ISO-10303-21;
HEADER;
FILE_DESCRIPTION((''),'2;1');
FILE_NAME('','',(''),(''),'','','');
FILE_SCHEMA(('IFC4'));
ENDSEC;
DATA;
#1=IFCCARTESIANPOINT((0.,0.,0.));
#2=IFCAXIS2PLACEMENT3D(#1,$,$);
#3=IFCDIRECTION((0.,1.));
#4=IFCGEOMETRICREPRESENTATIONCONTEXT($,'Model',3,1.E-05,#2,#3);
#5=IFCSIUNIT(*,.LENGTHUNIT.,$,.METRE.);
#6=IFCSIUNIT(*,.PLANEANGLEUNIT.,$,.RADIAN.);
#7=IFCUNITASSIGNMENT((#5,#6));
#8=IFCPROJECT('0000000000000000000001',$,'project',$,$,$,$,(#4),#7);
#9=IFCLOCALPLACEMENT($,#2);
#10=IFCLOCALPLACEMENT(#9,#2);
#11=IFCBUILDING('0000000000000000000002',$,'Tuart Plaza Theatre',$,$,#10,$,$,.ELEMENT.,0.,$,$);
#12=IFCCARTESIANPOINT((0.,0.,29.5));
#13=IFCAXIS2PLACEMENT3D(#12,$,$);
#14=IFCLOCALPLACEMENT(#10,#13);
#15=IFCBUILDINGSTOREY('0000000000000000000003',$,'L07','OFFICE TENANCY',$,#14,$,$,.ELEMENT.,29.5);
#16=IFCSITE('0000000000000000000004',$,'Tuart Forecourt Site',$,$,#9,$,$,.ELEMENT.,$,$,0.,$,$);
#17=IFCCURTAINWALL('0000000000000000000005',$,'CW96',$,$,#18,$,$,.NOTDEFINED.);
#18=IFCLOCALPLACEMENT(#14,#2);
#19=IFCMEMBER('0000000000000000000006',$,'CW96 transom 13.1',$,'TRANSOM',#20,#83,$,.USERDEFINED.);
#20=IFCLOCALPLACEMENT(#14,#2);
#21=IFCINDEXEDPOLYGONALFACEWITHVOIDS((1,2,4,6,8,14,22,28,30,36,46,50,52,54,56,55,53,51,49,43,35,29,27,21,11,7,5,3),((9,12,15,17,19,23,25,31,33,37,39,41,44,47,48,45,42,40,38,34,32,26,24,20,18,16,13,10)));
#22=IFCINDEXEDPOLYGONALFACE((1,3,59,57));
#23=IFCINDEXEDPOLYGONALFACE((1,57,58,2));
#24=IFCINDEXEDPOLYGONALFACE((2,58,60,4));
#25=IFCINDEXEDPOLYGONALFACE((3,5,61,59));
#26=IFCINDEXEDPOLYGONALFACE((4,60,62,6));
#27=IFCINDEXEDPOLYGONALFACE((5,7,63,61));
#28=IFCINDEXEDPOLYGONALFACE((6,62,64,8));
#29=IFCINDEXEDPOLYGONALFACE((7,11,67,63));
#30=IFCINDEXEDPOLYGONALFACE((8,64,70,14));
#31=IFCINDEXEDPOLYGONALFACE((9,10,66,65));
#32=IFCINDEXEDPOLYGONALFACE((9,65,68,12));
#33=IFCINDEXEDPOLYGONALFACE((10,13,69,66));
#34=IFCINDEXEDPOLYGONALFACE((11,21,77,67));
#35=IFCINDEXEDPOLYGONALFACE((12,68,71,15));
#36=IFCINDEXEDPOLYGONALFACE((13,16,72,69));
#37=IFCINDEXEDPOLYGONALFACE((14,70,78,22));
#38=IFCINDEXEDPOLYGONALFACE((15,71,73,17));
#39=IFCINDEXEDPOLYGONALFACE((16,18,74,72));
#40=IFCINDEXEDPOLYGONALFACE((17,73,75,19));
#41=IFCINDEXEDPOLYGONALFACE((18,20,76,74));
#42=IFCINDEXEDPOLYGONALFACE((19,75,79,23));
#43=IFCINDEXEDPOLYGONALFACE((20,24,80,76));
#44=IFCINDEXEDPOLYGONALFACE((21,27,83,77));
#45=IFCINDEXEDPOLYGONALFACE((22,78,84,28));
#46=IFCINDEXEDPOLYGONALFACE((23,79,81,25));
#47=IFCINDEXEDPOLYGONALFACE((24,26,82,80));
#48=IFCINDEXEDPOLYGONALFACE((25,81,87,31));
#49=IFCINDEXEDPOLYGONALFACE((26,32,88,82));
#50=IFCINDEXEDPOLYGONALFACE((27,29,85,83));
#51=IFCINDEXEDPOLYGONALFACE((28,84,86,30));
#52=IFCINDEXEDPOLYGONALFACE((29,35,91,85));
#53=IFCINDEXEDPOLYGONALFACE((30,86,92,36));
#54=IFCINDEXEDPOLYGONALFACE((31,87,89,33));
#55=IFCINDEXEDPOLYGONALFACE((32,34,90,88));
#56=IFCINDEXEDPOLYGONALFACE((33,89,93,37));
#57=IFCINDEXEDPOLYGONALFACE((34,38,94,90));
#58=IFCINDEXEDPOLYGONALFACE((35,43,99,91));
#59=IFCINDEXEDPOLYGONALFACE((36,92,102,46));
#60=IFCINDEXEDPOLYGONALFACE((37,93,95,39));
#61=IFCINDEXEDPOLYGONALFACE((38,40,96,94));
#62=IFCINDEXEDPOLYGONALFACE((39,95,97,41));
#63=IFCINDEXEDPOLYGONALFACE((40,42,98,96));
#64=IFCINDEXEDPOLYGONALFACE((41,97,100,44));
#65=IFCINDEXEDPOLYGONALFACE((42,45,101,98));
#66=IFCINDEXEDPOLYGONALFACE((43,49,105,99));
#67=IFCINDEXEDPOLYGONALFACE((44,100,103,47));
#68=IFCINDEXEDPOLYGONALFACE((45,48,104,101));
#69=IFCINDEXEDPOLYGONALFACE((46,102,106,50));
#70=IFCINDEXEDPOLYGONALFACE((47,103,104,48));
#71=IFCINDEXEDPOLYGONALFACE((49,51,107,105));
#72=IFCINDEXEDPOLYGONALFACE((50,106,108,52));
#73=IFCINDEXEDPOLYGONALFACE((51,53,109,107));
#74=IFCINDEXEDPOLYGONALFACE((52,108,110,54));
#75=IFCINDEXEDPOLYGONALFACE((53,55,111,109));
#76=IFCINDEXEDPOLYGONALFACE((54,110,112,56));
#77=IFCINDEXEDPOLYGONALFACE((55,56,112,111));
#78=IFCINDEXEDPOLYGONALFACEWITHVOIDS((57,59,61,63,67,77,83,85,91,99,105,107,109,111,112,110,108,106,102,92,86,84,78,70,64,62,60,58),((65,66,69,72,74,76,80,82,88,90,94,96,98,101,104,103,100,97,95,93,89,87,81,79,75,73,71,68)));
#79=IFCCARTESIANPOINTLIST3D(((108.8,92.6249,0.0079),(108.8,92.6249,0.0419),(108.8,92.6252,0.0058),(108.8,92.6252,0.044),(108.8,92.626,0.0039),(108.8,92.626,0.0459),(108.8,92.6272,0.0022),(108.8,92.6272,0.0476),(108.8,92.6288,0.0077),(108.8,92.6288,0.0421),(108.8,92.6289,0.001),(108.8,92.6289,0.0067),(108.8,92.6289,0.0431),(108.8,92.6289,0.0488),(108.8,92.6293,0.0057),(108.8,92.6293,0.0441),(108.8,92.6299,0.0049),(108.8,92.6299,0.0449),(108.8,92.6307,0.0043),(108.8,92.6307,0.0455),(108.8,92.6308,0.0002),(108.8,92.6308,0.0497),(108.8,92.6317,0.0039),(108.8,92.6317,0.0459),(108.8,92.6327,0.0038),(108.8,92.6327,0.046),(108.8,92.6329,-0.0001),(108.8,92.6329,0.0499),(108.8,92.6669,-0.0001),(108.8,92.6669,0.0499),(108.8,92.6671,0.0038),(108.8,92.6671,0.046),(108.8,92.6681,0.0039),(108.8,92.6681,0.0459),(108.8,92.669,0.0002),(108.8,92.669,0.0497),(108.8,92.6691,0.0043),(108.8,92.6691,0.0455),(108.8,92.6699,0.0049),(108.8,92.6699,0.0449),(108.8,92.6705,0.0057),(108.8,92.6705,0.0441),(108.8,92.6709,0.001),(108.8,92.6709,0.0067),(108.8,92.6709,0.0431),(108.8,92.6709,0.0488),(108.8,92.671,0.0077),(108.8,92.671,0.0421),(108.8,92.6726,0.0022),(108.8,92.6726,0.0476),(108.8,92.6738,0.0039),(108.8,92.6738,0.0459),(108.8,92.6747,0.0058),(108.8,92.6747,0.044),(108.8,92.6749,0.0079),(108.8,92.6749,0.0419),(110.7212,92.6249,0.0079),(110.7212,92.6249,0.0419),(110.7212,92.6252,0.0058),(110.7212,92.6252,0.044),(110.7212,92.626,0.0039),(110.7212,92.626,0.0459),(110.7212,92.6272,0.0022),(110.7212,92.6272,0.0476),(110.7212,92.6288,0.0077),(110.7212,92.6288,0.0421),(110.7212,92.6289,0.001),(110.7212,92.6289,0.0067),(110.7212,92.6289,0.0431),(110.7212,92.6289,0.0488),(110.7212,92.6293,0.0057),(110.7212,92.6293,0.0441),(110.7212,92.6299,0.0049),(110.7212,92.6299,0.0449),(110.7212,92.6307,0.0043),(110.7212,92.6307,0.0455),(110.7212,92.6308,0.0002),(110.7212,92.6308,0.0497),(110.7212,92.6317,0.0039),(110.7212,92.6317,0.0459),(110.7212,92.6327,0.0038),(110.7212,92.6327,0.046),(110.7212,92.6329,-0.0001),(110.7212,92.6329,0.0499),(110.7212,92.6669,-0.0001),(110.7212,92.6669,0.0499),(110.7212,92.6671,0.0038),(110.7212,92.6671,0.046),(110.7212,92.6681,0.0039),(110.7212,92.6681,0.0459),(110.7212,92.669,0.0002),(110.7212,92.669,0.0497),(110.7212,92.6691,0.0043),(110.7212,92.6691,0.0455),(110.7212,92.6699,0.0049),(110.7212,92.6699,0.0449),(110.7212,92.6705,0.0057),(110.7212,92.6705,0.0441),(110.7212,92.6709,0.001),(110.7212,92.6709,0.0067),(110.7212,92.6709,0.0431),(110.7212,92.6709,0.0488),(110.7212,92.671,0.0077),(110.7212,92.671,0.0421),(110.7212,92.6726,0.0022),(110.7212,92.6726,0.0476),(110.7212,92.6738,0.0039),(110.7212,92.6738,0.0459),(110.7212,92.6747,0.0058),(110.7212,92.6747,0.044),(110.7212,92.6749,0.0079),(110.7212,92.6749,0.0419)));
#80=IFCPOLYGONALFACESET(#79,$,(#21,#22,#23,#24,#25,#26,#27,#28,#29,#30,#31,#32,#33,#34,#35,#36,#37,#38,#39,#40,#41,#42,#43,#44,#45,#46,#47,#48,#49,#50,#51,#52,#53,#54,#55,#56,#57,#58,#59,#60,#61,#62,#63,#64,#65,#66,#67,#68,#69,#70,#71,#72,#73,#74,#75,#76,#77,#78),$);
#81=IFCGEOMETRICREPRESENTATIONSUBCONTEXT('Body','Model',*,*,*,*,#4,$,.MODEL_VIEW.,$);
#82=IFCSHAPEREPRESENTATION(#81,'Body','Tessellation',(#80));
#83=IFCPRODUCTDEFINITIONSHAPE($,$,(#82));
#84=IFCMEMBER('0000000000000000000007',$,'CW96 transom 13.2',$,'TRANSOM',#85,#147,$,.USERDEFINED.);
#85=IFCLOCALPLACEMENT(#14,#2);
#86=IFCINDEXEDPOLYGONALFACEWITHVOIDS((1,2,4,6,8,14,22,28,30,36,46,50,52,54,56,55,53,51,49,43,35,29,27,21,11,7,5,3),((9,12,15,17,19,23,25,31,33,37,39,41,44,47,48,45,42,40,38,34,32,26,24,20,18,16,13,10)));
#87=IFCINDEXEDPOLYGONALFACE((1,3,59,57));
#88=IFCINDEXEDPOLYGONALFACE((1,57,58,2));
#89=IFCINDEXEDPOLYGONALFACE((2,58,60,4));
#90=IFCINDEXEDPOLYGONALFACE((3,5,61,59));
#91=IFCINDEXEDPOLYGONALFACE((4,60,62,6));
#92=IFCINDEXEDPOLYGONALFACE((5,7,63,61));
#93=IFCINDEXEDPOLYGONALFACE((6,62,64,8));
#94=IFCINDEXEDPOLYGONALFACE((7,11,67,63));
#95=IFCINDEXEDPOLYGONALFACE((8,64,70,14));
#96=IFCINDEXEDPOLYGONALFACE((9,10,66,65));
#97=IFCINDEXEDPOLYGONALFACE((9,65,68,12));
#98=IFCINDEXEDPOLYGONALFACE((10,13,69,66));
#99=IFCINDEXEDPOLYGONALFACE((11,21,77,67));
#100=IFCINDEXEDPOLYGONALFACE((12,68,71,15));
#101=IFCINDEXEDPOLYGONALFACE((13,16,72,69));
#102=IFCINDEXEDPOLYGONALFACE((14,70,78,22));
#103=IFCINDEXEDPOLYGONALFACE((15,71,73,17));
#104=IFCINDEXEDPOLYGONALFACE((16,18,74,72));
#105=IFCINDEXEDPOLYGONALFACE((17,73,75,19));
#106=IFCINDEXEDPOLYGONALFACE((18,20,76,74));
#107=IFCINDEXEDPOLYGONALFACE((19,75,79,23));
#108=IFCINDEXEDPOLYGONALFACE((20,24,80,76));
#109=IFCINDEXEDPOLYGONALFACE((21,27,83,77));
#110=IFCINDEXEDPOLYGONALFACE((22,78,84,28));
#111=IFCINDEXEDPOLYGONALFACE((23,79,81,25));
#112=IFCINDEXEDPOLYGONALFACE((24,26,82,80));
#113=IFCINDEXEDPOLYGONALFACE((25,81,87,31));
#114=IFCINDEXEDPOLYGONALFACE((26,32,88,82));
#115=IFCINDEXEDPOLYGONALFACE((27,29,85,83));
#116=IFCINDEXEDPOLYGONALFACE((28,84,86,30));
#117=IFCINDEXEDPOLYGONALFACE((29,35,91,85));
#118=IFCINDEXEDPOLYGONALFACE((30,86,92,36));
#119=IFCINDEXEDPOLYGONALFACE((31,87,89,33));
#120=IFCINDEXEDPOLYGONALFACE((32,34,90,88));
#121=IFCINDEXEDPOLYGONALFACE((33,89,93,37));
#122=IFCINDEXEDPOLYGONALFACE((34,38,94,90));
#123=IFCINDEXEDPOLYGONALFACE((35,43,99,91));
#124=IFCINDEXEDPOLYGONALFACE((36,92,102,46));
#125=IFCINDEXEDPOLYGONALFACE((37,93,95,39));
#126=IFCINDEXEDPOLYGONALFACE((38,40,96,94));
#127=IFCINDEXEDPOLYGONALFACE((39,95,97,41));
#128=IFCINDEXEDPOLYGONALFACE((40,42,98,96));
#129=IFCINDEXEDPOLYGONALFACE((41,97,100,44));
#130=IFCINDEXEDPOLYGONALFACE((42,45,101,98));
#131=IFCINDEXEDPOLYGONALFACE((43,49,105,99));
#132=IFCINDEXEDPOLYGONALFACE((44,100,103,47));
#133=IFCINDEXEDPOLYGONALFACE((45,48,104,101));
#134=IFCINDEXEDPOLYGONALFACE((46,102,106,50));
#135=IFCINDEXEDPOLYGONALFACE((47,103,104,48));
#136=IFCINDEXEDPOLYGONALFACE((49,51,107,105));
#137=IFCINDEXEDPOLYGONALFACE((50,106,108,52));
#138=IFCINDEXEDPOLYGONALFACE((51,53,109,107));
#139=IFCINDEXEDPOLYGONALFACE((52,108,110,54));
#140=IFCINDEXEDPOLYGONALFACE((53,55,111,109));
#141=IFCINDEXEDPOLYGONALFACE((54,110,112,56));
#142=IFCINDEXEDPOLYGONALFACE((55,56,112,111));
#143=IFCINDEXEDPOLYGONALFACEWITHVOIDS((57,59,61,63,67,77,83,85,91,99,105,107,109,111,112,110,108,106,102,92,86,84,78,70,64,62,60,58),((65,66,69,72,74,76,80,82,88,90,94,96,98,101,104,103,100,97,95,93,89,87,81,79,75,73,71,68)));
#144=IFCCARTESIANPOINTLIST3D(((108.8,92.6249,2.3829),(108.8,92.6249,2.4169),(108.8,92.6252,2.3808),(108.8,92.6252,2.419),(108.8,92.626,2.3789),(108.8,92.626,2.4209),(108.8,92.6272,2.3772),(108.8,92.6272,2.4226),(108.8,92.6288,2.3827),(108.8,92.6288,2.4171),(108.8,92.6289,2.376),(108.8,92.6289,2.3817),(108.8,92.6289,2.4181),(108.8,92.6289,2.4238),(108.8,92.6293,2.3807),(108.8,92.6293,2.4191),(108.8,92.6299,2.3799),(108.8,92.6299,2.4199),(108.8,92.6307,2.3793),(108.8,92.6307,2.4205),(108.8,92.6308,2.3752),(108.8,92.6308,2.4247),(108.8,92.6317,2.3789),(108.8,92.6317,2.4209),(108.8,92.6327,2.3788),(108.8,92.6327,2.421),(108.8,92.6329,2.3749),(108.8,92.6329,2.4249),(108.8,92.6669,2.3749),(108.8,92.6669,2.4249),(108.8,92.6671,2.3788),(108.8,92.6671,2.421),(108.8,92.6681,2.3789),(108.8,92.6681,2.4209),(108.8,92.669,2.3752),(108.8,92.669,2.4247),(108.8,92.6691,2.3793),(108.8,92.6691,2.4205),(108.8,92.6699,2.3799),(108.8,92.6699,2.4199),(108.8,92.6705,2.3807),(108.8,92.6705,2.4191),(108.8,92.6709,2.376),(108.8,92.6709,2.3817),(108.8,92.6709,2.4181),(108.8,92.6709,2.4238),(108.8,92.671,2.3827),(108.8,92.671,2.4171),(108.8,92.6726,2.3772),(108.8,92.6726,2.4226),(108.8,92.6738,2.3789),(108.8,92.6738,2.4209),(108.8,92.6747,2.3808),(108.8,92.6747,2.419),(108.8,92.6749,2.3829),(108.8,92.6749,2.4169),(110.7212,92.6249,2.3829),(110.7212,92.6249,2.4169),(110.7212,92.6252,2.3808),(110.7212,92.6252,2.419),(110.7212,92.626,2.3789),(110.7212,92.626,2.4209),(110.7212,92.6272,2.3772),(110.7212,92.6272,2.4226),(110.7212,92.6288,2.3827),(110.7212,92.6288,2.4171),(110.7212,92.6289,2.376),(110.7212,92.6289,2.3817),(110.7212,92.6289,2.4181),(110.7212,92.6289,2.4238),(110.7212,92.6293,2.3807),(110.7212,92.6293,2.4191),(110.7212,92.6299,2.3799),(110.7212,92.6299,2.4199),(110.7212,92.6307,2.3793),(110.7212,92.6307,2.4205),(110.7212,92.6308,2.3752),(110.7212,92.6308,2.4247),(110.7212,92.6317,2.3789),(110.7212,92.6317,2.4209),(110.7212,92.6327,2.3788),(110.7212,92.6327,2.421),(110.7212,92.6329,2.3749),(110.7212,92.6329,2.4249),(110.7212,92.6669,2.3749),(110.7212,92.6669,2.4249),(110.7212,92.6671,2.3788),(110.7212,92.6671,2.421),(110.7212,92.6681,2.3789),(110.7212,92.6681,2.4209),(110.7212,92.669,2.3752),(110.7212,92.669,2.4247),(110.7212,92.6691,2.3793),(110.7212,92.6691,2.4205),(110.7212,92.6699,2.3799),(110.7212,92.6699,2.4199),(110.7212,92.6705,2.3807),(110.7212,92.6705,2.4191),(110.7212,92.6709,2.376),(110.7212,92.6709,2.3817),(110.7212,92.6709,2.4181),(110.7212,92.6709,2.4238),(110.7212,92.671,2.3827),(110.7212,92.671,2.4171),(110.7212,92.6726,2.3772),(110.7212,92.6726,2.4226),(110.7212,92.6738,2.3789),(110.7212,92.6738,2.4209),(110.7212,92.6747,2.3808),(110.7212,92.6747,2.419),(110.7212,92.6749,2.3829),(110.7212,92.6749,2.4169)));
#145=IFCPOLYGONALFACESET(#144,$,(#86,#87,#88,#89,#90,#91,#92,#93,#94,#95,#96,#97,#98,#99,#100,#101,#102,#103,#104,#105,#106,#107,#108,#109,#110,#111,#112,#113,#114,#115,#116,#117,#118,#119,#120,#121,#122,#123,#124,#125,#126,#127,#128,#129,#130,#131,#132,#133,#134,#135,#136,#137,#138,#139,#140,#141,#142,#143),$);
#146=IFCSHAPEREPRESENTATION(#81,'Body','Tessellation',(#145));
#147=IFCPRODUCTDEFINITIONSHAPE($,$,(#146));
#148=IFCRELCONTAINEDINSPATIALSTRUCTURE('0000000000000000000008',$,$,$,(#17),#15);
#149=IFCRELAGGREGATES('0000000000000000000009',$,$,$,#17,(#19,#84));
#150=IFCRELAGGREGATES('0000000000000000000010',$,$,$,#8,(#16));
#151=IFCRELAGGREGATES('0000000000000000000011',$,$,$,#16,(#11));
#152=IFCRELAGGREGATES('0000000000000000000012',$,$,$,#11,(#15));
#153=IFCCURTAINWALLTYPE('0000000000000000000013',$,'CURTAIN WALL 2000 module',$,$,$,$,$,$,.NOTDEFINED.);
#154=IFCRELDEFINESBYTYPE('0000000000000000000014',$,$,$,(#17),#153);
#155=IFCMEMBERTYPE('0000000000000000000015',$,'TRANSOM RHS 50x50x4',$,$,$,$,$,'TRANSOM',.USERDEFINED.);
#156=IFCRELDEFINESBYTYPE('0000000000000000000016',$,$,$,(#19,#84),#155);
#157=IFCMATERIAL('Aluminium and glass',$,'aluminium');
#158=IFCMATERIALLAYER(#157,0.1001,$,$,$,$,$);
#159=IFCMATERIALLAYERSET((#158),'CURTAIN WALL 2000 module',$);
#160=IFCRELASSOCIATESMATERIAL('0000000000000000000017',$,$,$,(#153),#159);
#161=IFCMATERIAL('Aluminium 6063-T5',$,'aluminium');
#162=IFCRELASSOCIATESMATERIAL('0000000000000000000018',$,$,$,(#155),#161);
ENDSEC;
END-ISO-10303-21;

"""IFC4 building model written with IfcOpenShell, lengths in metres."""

from ifc_helpers import new_model, si_unit, direction, frame, origin, origin_2d, place, context, subcontext, project, spatial, hollow_rectangle, extrude, material, layer, layer_set, material_profile, profile_set, type_object, element, aggregate, save


model = new_model("IFC4")

# Units and contexts
model_context = context("Model", 3, precision=1e-05, world=origin(), true_north=direction((0.0, 1.0)))
body_context = subcontext(model_context, "Body", "Model", "MODEL_VIEW")
ifc_project = project(units=[si_unit("LENGTHUNIT", "METRE"), si_unit("PLANEANGLEUNIT", "RADIAN")], contexts=[model_context])

# Site, building, storey
site_placement = place(None, origin())
site = spatial("IfcSite", under=ifc_project, at=site_placement, Name="Tuart Forecourt Site", CompositionType="ELEMENT", RefElevation=0.0)
building_placement = place(site_placement, origin())
building = spatial("IfcBuilding", under=site, at=building_placement, Name="Tuart Plaza Theatre", CompositionType="ELEMENT", ElevationOfRefHeight=0.0)
storey_placement = place(building_placement, frame((0.0, 0.0, 29.5)))
storey = spatial("IfcBuildingStorey", under=building, at=storey_placement, Name="L07", Description="OFFICE TENANCY", CompositionType="ELEMENT", Elevation=29.5)

# Curtain wall, members
ifc_material_1 = material(Name="Aluminium and glass", Category="aluminium")
ifc_layer_1 = layer(ifc_material_1, 0.1001)
ifc_layer_set_1 = layer_set([ifc_layer_1], Name="CURTAIN WALL 2000 module")
curtain_wall_type = type_object("IfcCurtainWallType", Name="CURTAIN WALL 2000 module", PredefinedType="NOTDEFINED", material=ifc_layer_set_1)
curtain_wall_placement = place(storey_placement, origin())
curtain_wall = element("IfcCurtainWall", 1, at=curtain_wall_placement, inside=storey, type_object=curtain_wall_type, Name="CW96", PredefinedType="NOTDEFINED")
ifc_material_2 = material(Name="Aluminium 6063-T5", Category="aluminium")
ifc_material_profile_1 = material_profile(ifc_material_2, hollow_rectangle(XDim=0.05, YDim=0.05, WallThickness=0.0039, InnerFilletRadius=0.0039, OuterFilletRadius=0.0081, at=origin_2d()), Name="RHS 50x50x4")
ifc_profile_set_1 = profile_set([ifc_material_profile_1], Name="Aluminium 6063-T5")
member_type_1 = type_object("IfcMemberType", Name="TRANSOM RHS 50x50x4", ElementType="TRANSOM", PredefinedType="USERDEFINED", material=ifc_profile_set_1)
member_1_placement = place(storey_placement, frame((110.7212, 92.6499, 0.0249), z_axis=(-1.0, 0.0, 0.0), x_axis=(0.0, -1.0, 0.0)))
member_1 = element("IfcMember", 2, at=member_1_placement, type_object=member_type_1, Name="CW96 transom 13.1", ObjectType="TRANSOM", PredefinedType="USERDEFINED", context=body_context, shape_type="SweptSolid", body=[
    extrude(hollow_rectangle(XDim=0.05, YDim=0.05, WallThickness=0.0039, InnerFilletRadius=0.0039, OuterFilletRadius=0.0081, at=origin_2d()), origin(), (0.0, 0.0, 1.0), 1.9211),
])
member_2_placement = place(storey_placement, frame((110.7212, 92.6499, 2.3999), z_axis=(-1.0, 0.0, 0.0), x_axis=(0.0, -1.0, 0.0)))
member_2 = element("IfcMember", 3, at=member_2_placement, type_object=member_type_1, Name="CW96 transom 13.2", ObjectType="TRANSOM", PredefinedType="USERDEFINED", context=body_context, shape_type="SweptSolid", body=[
    extrude(hollow_rectangle(XDim=0.05, YDim=0.05, WallThickness=0.0039, InnerFilletRadius=0.0039, OuterFilletRadius=0.0081, at=origin_2d()), origin(), (0.0, 0.0, 1.0), 1.9211),
])
aggregate(curtain_wall, [member_1, member_2])

save(model, "model.ifc")
